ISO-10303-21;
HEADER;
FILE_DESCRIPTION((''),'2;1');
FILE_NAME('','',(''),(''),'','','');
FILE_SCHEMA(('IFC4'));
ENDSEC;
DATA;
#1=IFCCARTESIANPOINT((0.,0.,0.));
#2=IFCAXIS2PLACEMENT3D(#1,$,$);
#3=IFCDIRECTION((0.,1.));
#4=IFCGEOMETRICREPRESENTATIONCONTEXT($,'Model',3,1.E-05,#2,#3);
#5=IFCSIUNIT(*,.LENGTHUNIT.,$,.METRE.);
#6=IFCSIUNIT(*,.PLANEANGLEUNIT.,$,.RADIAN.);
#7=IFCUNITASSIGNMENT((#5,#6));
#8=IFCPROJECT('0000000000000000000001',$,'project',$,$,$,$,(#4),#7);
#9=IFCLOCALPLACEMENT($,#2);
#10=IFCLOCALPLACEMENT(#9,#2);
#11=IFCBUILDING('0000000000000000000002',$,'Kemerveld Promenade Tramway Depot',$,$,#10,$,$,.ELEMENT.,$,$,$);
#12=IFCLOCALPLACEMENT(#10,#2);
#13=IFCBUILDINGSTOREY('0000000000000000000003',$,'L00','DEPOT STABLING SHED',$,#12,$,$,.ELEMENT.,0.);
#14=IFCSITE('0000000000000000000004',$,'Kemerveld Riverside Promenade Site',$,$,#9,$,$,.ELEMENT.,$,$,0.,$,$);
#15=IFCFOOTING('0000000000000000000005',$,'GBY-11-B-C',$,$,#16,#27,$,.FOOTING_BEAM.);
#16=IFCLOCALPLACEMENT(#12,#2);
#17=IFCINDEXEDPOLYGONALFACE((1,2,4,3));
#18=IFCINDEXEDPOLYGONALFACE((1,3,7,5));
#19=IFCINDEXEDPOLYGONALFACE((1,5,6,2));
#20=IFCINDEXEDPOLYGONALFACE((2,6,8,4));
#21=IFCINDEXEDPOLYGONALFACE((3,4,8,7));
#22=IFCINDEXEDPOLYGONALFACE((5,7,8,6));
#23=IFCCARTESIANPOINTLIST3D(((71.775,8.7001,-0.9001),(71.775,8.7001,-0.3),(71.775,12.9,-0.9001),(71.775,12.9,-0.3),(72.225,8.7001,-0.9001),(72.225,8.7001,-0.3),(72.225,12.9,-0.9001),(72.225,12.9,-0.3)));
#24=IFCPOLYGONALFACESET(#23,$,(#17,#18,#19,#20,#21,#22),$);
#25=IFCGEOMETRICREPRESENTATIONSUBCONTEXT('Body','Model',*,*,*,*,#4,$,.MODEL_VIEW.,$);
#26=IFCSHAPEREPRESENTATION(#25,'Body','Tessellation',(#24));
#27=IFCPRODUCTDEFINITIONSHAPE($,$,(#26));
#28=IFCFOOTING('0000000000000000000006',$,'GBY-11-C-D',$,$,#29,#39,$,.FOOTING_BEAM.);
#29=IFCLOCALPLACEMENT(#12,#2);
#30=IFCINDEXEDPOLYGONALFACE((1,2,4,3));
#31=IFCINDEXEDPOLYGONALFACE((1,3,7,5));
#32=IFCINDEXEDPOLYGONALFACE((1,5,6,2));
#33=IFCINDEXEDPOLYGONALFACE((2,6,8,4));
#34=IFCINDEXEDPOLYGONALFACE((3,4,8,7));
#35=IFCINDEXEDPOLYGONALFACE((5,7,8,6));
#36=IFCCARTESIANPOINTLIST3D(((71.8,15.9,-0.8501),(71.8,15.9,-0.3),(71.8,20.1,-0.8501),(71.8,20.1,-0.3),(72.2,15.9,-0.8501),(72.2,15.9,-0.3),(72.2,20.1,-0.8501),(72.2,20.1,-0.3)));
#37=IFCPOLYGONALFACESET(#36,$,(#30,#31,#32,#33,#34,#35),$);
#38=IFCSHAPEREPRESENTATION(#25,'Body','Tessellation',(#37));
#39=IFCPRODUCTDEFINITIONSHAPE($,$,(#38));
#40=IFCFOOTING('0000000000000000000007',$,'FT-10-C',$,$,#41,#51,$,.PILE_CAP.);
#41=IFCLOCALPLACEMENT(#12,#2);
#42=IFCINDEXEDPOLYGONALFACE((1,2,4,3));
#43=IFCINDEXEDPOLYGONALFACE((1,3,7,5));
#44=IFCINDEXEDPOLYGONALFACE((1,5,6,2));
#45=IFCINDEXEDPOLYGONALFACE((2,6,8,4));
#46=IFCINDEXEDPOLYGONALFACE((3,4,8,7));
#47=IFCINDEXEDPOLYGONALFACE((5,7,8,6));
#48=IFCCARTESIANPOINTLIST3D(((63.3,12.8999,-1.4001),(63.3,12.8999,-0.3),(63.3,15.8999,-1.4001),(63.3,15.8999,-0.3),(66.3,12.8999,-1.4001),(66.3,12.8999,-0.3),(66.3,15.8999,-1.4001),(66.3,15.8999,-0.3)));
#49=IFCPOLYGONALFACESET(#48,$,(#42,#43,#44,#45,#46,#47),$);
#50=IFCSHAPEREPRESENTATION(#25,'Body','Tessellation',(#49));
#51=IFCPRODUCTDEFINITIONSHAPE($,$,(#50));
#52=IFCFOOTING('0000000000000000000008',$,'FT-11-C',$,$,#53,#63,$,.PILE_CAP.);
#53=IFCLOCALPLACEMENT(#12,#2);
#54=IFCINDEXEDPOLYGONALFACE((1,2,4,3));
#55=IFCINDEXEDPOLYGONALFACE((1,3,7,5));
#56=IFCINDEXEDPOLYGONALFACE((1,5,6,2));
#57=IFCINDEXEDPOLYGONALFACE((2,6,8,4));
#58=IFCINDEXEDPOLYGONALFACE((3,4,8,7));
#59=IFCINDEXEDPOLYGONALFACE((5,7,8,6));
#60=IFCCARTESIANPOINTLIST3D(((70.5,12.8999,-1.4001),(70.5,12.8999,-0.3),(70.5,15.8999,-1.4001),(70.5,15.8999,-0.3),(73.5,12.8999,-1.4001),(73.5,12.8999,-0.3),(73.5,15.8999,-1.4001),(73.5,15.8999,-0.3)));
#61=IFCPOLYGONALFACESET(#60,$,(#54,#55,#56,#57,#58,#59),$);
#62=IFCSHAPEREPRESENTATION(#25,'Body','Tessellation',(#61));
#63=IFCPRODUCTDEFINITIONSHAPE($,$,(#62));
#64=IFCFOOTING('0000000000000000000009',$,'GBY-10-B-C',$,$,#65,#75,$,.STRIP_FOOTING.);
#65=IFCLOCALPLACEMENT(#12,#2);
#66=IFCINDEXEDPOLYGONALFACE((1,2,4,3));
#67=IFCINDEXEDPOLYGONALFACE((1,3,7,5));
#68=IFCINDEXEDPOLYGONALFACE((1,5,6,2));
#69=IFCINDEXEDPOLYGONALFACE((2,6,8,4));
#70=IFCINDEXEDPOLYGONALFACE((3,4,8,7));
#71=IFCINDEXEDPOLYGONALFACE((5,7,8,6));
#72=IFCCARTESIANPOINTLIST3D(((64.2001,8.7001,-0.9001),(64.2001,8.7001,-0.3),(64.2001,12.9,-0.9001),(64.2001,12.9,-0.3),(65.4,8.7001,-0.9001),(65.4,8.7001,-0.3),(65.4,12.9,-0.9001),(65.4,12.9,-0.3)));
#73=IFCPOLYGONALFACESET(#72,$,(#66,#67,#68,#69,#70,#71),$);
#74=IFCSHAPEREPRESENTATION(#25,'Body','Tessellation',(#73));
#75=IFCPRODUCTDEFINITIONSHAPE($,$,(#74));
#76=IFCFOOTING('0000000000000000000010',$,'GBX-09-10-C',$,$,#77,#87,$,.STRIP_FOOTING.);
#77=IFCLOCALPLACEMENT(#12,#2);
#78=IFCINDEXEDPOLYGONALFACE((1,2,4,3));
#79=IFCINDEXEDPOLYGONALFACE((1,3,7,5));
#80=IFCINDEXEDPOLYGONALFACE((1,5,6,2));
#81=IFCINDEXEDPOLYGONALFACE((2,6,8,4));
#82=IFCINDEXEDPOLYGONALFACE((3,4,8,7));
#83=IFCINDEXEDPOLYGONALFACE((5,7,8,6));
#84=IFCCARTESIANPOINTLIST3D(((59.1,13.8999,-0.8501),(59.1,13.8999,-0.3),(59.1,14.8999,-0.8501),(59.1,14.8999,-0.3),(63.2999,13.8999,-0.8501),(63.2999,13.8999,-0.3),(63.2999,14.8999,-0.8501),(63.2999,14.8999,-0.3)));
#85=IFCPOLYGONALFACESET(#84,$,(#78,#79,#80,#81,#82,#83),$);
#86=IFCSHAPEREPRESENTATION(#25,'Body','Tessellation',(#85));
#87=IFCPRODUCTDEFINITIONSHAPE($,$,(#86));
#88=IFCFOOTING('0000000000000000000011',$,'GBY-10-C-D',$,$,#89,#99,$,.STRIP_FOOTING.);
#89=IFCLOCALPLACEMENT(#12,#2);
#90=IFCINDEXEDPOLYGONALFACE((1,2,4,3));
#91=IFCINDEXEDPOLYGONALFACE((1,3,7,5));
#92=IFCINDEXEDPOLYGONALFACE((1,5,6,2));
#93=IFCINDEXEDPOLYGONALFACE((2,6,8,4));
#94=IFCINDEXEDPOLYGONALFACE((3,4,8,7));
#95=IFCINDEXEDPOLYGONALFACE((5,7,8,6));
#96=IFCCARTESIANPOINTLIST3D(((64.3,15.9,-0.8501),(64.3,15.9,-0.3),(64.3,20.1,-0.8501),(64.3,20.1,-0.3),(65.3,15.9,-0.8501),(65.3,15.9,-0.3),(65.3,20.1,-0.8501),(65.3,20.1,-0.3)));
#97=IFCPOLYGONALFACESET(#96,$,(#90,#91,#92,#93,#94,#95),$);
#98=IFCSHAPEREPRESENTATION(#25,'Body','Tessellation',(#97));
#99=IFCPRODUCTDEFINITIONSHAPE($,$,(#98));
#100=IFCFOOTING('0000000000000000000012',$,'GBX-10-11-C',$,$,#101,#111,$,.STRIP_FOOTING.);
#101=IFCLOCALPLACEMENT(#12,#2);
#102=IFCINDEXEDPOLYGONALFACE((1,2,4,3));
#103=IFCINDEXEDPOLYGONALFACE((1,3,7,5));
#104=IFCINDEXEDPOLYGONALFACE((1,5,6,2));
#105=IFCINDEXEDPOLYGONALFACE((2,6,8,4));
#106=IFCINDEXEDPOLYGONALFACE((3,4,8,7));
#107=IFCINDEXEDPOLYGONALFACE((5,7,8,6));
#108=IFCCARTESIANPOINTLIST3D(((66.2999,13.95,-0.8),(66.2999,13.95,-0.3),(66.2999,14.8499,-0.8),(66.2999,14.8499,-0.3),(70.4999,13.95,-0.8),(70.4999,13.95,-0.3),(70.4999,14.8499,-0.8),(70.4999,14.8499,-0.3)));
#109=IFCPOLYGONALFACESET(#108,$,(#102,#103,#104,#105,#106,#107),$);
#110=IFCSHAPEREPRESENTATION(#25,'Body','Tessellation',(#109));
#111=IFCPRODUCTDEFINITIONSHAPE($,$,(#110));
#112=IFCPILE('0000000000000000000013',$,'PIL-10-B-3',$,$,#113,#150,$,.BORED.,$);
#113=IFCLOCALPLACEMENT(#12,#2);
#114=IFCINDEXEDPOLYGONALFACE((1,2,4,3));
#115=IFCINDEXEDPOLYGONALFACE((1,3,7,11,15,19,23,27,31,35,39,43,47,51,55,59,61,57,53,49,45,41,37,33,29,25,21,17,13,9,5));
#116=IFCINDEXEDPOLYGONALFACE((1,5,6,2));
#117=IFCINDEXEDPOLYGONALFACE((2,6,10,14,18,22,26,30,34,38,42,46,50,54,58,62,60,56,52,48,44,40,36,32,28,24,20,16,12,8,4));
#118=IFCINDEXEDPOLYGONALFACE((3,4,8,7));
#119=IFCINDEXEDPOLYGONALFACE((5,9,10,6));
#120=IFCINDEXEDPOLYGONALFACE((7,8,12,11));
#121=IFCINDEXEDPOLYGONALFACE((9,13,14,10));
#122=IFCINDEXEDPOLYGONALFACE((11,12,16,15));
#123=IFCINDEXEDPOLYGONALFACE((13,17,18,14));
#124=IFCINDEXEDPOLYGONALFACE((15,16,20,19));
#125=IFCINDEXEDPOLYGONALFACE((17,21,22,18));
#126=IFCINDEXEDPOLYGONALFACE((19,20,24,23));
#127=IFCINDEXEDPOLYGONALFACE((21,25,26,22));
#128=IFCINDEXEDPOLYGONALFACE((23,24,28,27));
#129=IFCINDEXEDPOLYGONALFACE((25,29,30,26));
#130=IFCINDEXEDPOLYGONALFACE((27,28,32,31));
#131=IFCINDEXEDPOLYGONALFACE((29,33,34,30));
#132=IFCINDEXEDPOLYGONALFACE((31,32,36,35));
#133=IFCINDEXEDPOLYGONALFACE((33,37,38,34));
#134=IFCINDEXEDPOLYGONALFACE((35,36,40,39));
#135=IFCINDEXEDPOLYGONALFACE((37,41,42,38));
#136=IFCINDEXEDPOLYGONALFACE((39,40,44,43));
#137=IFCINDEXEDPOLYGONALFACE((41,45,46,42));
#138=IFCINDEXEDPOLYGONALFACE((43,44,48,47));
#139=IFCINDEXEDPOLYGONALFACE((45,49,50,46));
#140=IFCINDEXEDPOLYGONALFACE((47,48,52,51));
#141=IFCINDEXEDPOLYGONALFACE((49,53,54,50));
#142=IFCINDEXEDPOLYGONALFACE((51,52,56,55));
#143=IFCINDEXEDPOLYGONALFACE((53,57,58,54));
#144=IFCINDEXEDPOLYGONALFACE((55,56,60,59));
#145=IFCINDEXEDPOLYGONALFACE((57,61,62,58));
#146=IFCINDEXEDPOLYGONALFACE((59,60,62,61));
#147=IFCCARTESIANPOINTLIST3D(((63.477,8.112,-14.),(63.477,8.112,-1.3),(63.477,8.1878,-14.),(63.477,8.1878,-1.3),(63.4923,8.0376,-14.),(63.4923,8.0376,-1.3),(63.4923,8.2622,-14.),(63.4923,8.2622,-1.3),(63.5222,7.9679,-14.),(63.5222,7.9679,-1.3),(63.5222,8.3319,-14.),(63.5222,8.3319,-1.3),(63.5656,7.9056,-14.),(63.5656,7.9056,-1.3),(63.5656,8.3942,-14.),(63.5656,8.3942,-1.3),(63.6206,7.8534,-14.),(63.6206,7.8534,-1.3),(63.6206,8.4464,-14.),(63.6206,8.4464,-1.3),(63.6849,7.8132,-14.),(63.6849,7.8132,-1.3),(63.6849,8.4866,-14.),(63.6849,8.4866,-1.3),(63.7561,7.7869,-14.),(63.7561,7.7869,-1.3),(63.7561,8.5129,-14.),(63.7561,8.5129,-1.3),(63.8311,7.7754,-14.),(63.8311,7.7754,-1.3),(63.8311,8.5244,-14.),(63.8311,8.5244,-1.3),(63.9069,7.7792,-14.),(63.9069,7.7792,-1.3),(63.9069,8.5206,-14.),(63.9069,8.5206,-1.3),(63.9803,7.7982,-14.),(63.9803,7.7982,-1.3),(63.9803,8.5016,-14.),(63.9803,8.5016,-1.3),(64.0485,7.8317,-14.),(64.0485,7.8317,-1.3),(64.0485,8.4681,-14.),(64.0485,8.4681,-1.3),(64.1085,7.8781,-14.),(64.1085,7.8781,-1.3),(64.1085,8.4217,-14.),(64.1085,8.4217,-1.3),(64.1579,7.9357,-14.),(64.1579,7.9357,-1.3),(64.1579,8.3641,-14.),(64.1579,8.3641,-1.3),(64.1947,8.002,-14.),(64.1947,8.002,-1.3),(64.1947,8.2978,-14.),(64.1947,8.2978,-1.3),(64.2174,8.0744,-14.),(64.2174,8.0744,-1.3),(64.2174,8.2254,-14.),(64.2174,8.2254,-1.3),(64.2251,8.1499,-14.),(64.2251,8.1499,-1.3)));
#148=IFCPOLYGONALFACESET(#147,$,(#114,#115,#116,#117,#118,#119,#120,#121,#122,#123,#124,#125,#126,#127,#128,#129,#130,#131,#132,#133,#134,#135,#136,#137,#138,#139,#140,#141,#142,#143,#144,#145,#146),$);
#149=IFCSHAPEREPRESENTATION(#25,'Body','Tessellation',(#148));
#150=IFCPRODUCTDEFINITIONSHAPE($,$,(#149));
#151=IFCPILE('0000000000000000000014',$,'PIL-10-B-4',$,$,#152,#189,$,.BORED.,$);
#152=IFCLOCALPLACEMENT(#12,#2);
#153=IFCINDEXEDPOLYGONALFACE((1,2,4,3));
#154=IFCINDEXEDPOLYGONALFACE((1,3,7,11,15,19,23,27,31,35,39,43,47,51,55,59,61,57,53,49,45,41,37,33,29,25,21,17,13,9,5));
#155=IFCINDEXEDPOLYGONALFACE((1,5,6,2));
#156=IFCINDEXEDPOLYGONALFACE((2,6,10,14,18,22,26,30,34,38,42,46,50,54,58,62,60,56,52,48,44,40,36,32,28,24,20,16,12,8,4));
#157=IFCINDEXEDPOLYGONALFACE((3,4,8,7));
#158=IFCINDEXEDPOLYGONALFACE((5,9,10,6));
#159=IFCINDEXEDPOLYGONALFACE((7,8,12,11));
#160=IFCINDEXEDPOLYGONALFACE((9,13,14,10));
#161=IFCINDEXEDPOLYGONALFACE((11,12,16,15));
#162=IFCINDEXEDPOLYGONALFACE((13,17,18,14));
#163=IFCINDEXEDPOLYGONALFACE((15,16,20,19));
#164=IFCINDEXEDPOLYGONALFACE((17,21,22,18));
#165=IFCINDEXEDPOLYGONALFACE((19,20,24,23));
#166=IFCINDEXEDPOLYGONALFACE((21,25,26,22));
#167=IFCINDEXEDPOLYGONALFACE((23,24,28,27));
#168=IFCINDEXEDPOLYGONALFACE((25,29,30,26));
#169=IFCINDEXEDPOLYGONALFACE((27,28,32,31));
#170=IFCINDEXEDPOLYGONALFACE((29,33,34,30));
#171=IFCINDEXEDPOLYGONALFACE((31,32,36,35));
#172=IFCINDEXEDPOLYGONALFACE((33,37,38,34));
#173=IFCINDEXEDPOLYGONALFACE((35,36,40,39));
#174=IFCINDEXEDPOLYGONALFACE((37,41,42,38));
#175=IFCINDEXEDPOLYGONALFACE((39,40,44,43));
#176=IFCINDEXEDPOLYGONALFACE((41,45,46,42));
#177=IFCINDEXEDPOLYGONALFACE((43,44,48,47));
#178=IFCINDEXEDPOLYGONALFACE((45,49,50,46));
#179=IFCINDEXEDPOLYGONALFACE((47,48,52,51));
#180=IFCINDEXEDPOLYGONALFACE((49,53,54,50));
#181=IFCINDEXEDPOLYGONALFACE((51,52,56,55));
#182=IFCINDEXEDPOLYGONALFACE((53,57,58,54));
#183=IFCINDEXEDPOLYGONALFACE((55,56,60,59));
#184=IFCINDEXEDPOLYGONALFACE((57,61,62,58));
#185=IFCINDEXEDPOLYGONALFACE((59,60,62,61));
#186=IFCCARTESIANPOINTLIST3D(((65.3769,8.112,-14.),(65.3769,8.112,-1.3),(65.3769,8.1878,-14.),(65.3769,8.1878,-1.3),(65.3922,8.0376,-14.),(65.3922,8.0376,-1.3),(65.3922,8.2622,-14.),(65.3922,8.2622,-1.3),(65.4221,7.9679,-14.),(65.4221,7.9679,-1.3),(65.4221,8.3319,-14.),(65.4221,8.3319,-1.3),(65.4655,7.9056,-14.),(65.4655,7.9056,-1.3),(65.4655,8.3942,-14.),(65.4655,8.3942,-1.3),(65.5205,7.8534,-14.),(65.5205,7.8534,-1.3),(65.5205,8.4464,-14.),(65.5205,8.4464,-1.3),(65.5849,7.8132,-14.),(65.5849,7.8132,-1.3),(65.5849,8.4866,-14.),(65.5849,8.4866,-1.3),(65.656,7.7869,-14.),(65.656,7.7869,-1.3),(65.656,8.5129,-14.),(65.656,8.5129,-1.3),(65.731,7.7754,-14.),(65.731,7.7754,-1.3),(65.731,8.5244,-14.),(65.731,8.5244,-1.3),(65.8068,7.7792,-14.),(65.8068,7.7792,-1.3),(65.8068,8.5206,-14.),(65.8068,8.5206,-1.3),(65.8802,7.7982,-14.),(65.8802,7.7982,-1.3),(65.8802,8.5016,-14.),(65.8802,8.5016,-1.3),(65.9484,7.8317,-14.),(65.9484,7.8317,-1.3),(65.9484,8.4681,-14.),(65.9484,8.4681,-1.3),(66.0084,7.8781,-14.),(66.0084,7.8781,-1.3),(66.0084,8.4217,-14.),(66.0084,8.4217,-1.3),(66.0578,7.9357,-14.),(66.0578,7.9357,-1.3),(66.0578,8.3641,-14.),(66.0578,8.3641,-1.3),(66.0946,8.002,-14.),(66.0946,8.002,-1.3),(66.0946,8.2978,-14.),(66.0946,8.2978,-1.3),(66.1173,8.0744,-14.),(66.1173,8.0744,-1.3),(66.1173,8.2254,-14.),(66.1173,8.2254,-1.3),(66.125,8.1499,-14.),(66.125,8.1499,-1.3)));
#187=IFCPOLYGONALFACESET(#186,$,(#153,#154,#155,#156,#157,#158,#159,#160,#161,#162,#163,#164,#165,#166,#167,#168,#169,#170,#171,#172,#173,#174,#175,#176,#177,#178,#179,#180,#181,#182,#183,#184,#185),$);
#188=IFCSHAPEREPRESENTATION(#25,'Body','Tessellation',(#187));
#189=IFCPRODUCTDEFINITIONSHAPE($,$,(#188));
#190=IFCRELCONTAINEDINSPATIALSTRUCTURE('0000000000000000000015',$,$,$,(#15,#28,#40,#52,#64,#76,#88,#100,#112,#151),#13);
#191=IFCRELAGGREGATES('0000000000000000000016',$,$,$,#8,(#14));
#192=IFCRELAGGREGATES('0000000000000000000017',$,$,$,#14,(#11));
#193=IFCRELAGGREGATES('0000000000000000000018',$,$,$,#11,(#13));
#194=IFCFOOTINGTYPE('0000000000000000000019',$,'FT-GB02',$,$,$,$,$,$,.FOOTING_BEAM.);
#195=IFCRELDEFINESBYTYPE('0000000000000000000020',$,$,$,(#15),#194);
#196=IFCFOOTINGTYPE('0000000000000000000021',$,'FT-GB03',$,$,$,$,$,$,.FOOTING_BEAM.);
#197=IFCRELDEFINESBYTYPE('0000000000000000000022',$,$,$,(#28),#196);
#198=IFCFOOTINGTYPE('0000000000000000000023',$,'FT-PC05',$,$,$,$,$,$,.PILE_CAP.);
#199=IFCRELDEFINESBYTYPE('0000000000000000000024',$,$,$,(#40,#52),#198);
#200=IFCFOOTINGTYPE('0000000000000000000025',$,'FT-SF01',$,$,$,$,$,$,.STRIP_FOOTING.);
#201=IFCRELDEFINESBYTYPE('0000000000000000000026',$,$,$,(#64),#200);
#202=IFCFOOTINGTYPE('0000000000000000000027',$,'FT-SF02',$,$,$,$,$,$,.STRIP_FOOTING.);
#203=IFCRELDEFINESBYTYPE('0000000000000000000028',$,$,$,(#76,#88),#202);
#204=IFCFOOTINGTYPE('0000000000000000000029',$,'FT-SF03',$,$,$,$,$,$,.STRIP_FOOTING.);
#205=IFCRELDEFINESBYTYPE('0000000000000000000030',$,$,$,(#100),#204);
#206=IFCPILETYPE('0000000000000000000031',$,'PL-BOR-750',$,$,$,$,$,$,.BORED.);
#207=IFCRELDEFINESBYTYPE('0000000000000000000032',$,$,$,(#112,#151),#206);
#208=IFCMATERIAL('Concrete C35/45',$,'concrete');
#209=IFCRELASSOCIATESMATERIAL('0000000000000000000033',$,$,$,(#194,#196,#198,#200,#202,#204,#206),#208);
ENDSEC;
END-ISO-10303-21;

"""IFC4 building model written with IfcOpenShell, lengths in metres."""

from ifc_helpers import new_model, si_unit, direction, frame, origin, origin_2d, place, context, subcontext, project, spatial, rectangle, circle, extrude, material, material_profile, profile_set, type_object, element, save


model = new_model("IFC4")

# Units and contexts
model_context = context("Model", 3, precision=1e-05, world=origin(), true_north=direction((0.0, 1.0)))
body_context = subcontext(model_context, "Body", "Model", "MODEL_VIEW")
ifc_project = project(units=[si_unit("LENGTHUNIT", "METRE"), si_unit("PLANEANGLEUNIT", "RADIAN")], contexts=[model_context])

# Site, building, storey
site_placement = place(None, origin())
site = spatial("IfcSite", under=ifc_project, at=site_placement, Name="Kemerveld Riverside Promenade Site", CompositionType="ELEMENT", RefElevation=0.0)
building_placement = place(site_placement, origin())
building = spatial("IfcBuilding", under=site, at=building_placement, Name="Kemerveld Promenade Tramway Depot", CompositionType="ELEMENT")
storey_placement = place(building_placement, origin())
storey = spatial("IfcBuildingStorey", under=building, at=storey_placement, Name="L00", Description="DEPOT STABLING SHED", CompositionType="ELEMENT", Elevation=0.0)

# Footings
ifc_material_1 = material(Name="Concrete C35/45", Category="concrete")
footing_type_1 = type_object("IfcFootingType", Name="FT-GB02", PredefinedType="FOOTING_BEAM", material=ifc_material_1)
footing_1_placement = place(storey_placement, frame((72.0, 10.8, -0.9001), z_axis=(0.0, 0.0, 1.0), x_axis=(0.0, 1.0, 0.0)))
element("IfcFooting", 1, at=footing_1_placement, inside=storey, type_object=footing_type_1, Name="GBY-11-B-C", PredefinedType="FOOTING_BEAM", context=body_context, shape_type="SweptSolid", body=[
    extrude(rectangle(XDim=4.2, YDim=0.45, at=origin_2d()), origin(), (0.0, 0.0, 1.0), 0.6001),
])
footing_type_2 = type_object("IfcFootingType", Name="FT-GB03", PredefinedType="FOOTING_BEAM", material=ifc_material_1)
footing_2_placement = place(storey_placement, frame((72.0, 18.0, -0.8501), z_axis=(0.0, 0.0, 1.0), x_axis=(0.0, 1.0, 0.0)))
element("IfcFooting", 2, at=footing_2_placement, inside=storey, type_object=footing_type_2, Name="GBY-11-C-D", PredefinedType="FOOTING_BEAM", context=body_context, shape_type="SweptSolid", body=[
    extrude(rectangle(XDim=4.2, YDim=0.3999, at=origin_2d()), origin(), (0.0, 0.0, 1.0), 0.55),
])
footing_type_3 = type_object("IfcFootingType", Name="FT-PC05", PredefinedType="PILE_CAP", material=ifc_material_1)
for number, where, z_axis, x_axis, name in (
    (3, (64.8, 14.3999, -1.4001), (0.0, 0.0, 1.0), (1.0, 0.0, 0.0), "FT-10-C"),
    (4, (72.0, 14.3999, -1.4001), (0.0, 0.0, 1.0), (1.0, 0.0, 0.0), "FT-11-C"),
):
    element("IfcFooting", number, at=place(storey_placement, frame(where, z_axis=z_axis, x_axis=x_axis)), inside=storey, type_object=footing_type_3, Name=name, PredefinedType="PILE_CAP", context=body_context, shape_type="SweptSolid", body=[
        extrude(rectangle(XDim=3.0, YDim=3.0, at=origin_2d()), origin(), (0.0, 0.0, 1.0), 1.1001),
    ])
footing_type_4 = type_object("IfcFootingType", Name="FT-SF01", PredefinedType="STRIP_FOOTING", material=ifc_material_1)
footing_3_placement = place(storey_placement, frame((64.8, 10.8, -0.9001), z_axis=(0.0, 0.0, 1.0), x_axis=(0.0, 1.0, 0.0)))
element("IfcFooting", 5, at=footing_3_placement, inside=storey, type_object=footing_type_4, Name="GBY-10-B-C", PredefinedType="STRIP_FOOTING", context=body_context, shape_type="SweptSolid", body=[
    extrude(rectangle(XDim=4.2, YDim=1.2, at=origin_2d()), origin(), (0.0, 0.0, 1.0), 0.6001),
])
footing_type_5 = type_object("IfcFootingType", Name="FT-SF02", PredefinedType="STRIP_FOOTING", material=ifc_material_1)
for number, where, z_axis, x_axis, name in (
    (6, (61.2, 14.3999, -0.8501), (0.0, 0.0, 1.0), (1.0, 0.0, 0.0), "GBX-09-10-C"),
    (7, (64.8, 18.0, -0.8501), (0.0, 0.0, 1.0), (0.0, 1.0, 0.0), "GBY-10-C-D"),
):
    element("IfcFooting", number, at=place(storey_placement, frame(where, z_axis=z_axis, x_axis=x_axis)), inside=storey, type_object=footing_type_5, Name=name, PredefinedType="STRIP_FOOTING", context=body_context, shape_type="SweptSolid", body=[
        extrude(rectangle(XDim=4.2, YDim=1.0, at=origin_2d()), origin(), (0.0, 0.0, 1.0), 0.55),
    ])
footing_type_6 = type_object("IfcFootingType", Name="FT-SF03", PredefinedType="STRIP_FOOTING", material=ifc_material_1)
footing_4_placement = place(storey_placement, frame((68.3999, 14.3999, -0.8), z_axis=(0.0, 0.0, 1.0), x_axis=(1.0, 0.0, 0.0)))
element("IfcFooting", 8, at=footing_4_placement, inside=storey, type_object=footing_type_6, Name="GBX-10-11-C", PredefinedType="STRIP_FOOTING", context=body_context, shape_type="SweptSolid", body=[
    extrude(rectangle(XDim=4.2, YDim=0.8999, at=origin_2d()), origin(), (0.0, 0.0, 1.0), 0.5),
])

# Piles
ifc_material_profile_1 = material_profile(ifc_material_1, circle(Radius=0.375, at=origin_2d()), Name="PILE-D750")
ifc_profile_set_1 = profile_set([ifc_material_profile_1], Name="Concrete C35/45")
pile_type = type_object("IfcPileType", Name="PL-BOR-750", PredefinedType="BORED", material=ifc_profile_set_1)
for number, where, z_axis, x_axis, name in (
    (9, (63.8501, 8.1499, -1.3), (0.0, 0.0, -1.0), (1.0, 0.0, 0.0), "PIL-10-B-3"),
    (10, (65.75, 8.1499, -1.3), (0.0, 0.0, -1.0), (1.0, 0.0, 0.0), "PIL-10-B-4"),
):
    element("IfcPile", number, at=place(storey_placement, frame(where, z_axis=z_axis, x_axis=x_axis)), inside=storey, type_object=pile_type, Name=name, PredefinedType="BORED", context=body_context, shape_type="SweptSolid", body=[
        extrude(circle(Radius=0.375, at=origin_2d()), origin(), (0.0, 0.0, 1.0), 12.7),
    ])

save(model, "model.ifc")
